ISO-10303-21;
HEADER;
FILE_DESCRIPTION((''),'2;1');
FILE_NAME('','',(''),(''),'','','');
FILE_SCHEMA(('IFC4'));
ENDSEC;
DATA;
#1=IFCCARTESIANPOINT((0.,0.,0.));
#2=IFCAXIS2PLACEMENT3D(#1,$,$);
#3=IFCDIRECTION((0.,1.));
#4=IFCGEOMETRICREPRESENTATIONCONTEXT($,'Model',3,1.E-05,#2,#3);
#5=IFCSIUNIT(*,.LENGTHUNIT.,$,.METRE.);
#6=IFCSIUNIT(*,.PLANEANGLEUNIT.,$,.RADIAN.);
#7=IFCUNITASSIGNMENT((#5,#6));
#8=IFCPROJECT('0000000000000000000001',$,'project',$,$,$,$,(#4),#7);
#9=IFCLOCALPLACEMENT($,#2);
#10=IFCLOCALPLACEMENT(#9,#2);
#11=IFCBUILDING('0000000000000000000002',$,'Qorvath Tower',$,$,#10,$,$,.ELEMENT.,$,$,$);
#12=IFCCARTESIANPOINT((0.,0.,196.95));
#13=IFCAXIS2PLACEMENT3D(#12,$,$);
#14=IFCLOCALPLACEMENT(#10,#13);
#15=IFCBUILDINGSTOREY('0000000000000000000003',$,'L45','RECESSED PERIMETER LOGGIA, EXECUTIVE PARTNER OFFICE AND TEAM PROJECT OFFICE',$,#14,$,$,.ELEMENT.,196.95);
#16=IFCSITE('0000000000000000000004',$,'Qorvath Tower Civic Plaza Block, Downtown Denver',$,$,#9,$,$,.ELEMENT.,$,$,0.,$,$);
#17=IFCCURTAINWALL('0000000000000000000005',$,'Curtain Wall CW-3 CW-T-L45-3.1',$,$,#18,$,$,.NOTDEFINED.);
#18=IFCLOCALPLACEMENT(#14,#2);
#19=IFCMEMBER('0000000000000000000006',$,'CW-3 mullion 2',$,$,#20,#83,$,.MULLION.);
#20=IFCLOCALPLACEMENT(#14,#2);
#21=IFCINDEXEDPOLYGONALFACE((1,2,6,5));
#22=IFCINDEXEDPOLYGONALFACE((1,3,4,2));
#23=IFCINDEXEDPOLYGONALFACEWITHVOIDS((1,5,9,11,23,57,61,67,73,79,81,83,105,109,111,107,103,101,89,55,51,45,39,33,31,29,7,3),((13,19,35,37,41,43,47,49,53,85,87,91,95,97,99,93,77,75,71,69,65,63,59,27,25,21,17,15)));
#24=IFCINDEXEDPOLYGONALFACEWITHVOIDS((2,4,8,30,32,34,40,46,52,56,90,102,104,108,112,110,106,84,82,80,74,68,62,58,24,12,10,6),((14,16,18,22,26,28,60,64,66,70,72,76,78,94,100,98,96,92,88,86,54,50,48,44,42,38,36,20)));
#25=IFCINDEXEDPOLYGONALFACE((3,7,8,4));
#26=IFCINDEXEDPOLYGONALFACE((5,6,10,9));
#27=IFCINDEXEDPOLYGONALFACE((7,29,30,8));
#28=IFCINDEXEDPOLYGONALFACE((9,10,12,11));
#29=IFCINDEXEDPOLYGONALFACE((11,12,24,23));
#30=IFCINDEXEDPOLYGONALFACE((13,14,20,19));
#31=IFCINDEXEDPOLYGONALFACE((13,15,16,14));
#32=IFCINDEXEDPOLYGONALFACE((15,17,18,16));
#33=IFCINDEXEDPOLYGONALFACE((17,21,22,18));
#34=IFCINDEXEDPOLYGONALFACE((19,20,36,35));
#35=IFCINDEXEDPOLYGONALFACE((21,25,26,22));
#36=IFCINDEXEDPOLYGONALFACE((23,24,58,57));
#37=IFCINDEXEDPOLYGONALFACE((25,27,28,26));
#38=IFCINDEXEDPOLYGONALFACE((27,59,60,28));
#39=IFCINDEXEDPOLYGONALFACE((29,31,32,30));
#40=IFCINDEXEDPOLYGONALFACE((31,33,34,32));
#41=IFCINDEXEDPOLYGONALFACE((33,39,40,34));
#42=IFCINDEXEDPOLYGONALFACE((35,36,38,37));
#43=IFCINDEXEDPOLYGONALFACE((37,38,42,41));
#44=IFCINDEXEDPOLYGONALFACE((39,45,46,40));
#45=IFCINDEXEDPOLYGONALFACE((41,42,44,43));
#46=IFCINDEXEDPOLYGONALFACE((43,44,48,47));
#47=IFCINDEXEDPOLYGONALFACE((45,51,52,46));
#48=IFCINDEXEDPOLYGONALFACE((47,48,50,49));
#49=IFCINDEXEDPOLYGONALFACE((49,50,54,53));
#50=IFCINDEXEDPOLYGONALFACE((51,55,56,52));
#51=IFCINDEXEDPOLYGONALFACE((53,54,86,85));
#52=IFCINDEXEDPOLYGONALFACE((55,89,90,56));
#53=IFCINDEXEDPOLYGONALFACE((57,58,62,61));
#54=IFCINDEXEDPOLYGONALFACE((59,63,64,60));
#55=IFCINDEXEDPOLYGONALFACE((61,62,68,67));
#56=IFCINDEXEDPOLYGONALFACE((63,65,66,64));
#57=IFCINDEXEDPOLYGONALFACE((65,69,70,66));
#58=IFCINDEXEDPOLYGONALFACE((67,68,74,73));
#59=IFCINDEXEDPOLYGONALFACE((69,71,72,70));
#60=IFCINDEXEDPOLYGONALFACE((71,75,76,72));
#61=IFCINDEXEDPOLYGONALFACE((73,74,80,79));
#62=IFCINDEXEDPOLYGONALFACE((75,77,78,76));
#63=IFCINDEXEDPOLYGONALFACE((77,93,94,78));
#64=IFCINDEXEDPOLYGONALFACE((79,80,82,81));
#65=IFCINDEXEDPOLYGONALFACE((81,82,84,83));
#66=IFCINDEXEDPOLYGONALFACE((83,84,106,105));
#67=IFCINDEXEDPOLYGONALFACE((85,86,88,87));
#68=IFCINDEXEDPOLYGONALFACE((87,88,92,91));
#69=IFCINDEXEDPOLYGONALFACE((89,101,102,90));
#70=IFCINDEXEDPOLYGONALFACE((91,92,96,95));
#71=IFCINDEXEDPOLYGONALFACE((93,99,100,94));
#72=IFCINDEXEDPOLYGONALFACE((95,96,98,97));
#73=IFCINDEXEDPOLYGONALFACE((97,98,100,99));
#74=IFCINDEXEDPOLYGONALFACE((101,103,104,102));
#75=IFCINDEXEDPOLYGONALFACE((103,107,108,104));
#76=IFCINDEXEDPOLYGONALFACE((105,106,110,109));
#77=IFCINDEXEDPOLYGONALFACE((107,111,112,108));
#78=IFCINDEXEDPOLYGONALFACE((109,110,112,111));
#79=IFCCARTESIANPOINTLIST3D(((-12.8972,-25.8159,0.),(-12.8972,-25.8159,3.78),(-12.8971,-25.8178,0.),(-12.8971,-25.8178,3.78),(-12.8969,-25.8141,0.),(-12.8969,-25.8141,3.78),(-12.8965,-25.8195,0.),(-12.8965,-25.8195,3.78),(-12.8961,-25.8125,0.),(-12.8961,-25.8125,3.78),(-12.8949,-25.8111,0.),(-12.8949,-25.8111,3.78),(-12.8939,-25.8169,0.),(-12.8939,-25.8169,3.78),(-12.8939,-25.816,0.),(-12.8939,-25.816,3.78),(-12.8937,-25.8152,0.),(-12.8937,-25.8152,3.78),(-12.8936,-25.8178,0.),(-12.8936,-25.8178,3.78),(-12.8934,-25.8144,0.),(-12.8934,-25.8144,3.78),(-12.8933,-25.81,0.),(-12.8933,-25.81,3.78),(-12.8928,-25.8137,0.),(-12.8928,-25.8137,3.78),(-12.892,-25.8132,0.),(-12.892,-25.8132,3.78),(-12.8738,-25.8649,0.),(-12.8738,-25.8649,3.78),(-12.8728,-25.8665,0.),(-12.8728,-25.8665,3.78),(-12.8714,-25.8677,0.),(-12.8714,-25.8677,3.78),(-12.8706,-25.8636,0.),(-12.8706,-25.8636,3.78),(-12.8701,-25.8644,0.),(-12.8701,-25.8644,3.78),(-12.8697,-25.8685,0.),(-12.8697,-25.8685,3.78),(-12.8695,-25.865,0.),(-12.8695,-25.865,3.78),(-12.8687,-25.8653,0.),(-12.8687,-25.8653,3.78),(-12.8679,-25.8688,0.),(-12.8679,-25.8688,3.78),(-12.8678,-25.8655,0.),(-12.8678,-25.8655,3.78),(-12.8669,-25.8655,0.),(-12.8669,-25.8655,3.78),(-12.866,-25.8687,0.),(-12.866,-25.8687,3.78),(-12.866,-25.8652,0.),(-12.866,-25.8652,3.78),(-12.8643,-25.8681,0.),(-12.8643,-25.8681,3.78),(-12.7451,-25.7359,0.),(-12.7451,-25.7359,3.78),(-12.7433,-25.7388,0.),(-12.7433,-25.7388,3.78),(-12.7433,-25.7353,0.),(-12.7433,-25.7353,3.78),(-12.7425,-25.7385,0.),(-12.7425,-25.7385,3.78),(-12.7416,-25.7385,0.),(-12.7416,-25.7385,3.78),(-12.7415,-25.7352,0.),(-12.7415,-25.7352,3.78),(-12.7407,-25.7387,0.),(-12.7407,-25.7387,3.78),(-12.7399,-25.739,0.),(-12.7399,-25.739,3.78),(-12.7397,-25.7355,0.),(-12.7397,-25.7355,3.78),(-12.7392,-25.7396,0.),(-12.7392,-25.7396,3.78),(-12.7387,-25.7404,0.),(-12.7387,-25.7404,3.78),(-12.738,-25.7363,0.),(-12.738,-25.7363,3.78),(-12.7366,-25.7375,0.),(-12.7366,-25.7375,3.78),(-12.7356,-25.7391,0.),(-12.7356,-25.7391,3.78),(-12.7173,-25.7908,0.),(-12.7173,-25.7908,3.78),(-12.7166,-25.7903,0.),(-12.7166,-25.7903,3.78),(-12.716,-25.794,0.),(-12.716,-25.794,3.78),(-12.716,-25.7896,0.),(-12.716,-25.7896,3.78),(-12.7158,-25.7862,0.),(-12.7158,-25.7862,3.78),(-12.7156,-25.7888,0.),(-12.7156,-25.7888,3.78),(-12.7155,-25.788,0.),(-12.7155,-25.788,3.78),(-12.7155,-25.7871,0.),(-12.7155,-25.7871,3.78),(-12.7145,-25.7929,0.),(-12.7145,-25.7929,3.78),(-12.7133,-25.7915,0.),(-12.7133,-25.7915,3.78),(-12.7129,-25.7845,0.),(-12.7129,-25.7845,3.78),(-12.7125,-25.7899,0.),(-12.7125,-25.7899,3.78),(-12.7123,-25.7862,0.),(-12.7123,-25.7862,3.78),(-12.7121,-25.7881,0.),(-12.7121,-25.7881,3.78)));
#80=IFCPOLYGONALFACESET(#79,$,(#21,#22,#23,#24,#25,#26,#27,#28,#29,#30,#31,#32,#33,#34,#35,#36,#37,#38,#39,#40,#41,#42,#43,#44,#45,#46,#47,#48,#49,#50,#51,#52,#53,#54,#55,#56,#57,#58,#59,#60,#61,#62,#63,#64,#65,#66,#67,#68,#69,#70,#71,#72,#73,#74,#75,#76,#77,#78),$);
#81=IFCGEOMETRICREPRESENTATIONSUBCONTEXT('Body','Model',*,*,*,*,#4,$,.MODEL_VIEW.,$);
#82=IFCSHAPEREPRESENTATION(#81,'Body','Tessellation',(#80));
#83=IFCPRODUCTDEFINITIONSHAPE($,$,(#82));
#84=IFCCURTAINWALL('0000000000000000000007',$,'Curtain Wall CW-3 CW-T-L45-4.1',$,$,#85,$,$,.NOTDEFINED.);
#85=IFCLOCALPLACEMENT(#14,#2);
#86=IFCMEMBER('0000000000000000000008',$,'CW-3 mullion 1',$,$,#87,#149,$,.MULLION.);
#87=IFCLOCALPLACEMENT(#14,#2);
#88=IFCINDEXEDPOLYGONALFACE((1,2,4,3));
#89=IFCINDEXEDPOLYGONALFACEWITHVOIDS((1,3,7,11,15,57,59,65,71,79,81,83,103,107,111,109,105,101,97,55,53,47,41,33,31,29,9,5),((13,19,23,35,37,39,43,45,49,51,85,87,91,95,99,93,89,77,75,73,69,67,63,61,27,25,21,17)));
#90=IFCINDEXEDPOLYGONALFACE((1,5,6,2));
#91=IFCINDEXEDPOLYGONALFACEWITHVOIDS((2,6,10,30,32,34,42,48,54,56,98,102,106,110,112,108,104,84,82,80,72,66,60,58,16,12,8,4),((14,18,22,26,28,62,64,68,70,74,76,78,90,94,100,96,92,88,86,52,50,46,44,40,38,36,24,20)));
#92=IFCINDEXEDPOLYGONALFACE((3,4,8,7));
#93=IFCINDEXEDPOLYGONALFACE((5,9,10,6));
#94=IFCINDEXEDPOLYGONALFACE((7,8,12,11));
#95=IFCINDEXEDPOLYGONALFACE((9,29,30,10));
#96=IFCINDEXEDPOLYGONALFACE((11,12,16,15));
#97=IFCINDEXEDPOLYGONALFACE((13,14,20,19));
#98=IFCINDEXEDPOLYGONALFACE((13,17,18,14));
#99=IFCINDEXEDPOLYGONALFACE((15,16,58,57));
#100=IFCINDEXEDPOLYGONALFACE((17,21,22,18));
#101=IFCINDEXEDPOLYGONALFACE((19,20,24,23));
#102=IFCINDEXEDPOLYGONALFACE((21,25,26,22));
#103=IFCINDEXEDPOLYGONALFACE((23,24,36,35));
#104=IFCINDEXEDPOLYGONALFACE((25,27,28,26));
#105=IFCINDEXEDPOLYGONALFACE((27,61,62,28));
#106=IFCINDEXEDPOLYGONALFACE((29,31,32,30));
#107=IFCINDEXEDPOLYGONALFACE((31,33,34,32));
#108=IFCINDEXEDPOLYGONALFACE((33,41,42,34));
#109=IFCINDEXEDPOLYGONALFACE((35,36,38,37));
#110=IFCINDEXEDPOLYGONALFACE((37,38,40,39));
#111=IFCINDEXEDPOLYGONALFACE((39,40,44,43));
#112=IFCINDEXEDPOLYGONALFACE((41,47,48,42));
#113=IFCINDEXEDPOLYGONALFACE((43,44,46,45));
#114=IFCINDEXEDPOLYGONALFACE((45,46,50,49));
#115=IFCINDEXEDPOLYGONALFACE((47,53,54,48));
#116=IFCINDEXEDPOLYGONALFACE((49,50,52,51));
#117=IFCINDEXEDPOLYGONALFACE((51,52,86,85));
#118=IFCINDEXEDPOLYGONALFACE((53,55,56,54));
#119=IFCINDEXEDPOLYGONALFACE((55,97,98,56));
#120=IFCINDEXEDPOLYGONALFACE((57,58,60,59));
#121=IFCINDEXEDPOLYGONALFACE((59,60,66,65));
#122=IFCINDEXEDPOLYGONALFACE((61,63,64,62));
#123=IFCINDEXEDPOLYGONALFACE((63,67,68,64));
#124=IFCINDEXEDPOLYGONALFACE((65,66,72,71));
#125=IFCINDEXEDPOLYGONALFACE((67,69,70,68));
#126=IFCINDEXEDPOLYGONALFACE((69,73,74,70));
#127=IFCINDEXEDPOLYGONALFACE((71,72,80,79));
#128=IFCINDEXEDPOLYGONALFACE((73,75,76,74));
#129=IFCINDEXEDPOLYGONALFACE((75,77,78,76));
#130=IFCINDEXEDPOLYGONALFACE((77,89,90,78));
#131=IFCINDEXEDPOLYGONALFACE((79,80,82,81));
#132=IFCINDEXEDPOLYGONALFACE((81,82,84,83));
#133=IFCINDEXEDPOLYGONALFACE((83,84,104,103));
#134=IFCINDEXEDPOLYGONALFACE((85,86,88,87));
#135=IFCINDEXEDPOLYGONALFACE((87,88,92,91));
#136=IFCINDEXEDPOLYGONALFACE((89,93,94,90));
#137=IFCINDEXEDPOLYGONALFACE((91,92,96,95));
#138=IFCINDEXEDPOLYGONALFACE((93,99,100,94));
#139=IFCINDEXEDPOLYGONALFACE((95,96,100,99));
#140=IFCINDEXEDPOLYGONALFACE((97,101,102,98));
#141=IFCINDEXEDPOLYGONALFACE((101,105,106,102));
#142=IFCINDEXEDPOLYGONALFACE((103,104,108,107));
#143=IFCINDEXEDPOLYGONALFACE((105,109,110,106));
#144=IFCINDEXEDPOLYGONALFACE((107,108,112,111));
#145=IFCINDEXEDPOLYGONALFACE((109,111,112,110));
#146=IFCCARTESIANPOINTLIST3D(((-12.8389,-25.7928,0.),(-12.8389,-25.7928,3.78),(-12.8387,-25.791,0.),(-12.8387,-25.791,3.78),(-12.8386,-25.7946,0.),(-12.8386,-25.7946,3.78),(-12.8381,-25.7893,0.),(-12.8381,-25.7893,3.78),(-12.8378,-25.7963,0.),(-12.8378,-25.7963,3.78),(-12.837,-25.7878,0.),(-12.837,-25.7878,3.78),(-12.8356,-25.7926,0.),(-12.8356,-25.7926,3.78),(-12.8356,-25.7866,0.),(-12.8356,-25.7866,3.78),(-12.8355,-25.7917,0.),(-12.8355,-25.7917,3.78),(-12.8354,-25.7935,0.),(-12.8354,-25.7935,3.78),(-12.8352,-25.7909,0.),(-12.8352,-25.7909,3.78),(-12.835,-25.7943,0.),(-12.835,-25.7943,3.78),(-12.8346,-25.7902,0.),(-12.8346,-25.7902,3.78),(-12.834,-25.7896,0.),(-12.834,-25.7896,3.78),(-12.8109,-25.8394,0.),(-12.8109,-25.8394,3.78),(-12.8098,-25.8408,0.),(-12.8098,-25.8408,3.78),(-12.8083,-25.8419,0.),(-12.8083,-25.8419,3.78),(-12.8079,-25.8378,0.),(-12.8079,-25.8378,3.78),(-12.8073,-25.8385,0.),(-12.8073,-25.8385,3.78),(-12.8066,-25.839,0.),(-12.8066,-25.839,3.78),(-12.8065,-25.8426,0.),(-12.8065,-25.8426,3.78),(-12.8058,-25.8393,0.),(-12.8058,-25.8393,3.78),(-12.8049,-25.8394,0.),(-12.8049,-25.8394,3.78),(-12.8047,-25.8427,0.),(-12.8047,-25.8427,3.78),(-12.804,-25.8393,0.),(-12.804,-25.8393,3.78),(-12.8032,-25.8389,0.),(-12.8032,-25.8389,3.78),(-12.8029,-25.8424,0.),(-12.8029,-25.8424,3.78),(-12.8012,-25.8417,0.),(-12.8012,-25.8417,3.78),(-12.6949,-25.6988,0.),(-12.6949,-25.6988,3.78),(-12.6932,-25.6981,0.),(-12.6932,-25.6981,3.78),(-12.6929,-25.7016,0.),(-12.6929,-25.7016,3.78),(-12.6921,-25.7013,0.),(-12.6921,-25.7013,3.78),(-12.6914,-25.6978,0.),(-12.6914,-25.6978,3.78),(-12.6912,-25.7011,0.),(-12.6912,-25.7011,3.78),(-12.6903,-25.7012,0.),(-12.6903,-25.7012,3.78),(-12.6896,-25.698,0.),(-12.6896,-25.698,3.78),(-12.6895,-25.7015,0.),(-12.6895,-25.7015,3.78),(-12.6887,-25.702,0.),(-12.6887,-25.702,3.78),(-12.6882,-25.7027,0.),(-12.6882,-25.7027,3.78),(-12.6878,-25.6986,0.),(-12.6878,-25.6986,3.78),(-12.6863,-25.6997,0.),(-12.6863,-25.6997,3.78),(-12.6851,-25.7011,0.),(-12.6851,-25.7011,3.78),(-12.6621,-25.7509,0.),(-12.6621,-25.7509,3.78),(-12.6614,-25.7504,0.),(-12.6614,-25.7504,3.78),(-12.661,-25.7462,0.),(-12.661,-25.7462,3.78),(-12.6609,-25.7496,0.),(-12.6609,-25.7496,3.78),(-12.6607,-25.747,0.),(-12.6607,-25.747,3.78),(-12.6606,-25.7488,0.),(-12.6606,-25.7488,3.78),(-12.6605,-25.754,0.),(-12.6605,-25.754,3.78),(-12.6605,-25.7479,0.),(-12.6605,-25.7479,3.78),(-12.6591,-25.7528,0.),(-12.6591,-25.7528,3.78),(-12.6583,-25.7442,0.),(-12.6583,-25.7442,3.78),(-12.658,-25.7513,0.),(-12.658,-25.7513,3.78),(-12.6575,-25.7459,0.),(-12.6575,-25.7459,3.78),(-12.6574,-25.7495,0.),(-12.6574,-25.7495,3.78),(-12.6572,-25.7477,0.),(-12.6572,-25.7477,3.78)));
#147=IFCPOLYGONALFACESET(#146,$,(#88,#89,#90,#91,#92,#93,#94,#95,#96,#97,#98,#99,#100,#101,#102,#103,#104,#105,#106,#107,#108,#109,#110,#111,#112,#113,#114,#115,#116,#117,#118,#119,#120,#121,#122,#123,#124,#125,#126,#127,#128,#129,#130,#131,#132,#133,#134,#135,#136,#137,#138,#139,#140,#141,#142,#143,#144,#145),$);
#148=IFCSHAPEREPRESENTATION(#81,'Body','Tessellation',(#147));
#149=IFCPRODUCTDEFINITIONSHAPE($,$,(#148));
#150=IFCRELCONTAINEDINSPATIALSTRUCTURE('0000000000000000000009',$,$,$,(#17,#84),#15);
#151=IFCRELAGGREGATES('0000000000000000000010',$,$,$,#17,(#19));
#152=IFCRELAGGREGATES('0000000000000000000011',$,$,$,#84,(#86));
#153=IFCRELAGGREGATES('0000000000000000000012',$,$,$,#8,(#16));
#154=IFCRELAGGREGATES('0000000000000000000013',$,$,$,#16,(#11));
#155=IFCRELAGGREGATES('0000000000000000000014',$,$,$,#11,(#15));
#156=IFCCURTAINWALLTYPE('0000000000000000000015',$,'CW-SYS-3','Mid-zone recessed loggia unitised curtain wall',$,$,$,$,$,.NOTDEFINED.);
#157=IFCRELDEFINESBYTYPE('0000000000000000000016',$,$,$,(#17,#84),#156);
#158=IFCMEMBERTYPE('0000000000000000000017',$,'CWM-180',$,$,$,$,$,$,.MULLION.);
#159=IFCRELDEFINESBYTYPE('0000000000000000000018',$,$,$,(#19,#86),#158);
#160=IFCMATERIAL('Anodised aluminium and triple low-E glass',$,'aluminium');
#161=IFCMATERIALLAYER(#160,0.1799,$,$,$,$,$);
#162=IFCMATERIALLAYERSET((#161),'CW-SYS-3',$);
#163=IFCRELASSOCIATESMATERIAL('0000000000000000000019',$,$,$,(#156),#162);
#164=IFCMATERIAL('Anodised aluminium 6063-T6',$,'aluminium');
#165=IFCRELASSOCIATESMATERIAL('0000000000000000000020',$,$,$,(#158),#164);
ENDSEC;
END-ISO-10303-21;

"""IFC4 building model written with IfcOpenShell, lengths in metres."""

from ifc_helpers import new_model, si_unit, direction, frame, origin, origin_2d, place, context, subcontext, project, spatial, hollow_rectangle, extrude, material, layer, layer_set, material_profile, profile_set, type_object, element, aggregate, save


model = new_model("IFC4")

# Units and contexts
model_context = context("Model", 3, precision=1e-05, world=origin(), true_north=direction((0.0, 1.0)))
body_context = subcontext(model_context, "Body", "Model", "MODEL_VIEW")
ifc_project = project(units=[si_unit("LENGTHUNIT", "METRE"), si_unit("PLANEANGLEUNIT", "RADIAN")], contexts=[model_context])

# Site, building, storey
site_placement = place(None, origin())
site = spatial("IfcSite", under=ifc_project, at=site_placement, Name="Qorvath Tower Civic Plaza Block, Downtown Denver", CompositionType="ELEMENT", RefElevation=0.0)
building_placement = place(site_placement, origin())
building = spatial("IfcBuilding", under=site, at=building_placement, Name="Qorvath Tower", CompositionType="ELEMENT")
storey_placement = place(building_placement, frame((0.0, 0.0, 196.95)))
storey = spatial("IfcBuildingStorey", under=building, at=storey_placement, Name="L45", Description="RECESSED PERIMETER LOGGIA, EXECUTIVE PARTNER OFFICE AND TEAM PROJECT OFFICE", CompositionType="ELEMENT", Elevation=196.95)

# Shared definitions
ifc_material_1 = material(Name="Anodised aluminium and triple low-E glass", Category="aluminium")
ifc_layer_1 = layer(ifc_material_1, 0.1799)
ifc_layer_set_1 = layer_set([ifc_layer_1], Name="CW-SYS-3")
curtain_wall_type = type_object("IfcCurtainWallType", Name="CW-SYS-3", Description="Mid-zone recessed loggia unitised curtain wall", PredefinedType="NOTDEFINED", material=ifc_layer_set_1)
ifc_material_2 = material(Name="Anodised aluminium 6063-T6", Category="aluminium")
ifc_material_profile_1 = material_profile(ifc_material_2, hollow_rectangle(XDim=0.0649, YDim=0.1799, WallThickness=0.0034, InnerFilletRadius=0.0034, OuterFilletRadius=0.0071, at=origin_2d()), Name="CWM 180x65")
ifc_profile_set_1 = profile_set([ifc_material_profile_1], Name="Anodised aluminium 6063-T6")
member_type_1 = type_object("IfcMemberType", Name="CWM-180", PredefinedType="MULLION", material=ifc_profile_set_1)

# Curtain walls, members
curtain_wall_1_placement = place(storey_placement, origin())
curtain_wall_1 = element("IfcCurtainWall", 1, at=curtain_wall_1_placement, inside=storey, type_object=curtain_wall_type, Name="Curtain Wall CW-3 CW-T-L45-3.1", PredefinedType="NOTDEFINED")
member_1_placement = place(storey_placement, frame((-12.8047, -25.802, 0.0), z_axis=(0.0, 0.0, 1.0), x_axis=(-0.447205, 0.894432, 0.0)))
member_1 = element("IfcMember", 2, at=member_1_placement, type_object=member_type_1, Name="CW-3 mullion 2", PredefinedType="MULLION", context=body_context, shape_type="SweptSolid", body=[
    extrude(hollow_rectangle(XDim=0.0649, YDim=0.1799, WallThickness=0.0034, InnerFilletRadius=0.0034, OuterFilletRadius=0.0071, at=origin_2d()), origin(), (0.0, 0.0, 1.0), 3.78),
])
curtain_wall_2_placement = place(storey_placement, origin())
curtain_wall_2 = element("IfcCurtainWall", 3, at=curtain_wall_2_placement, inside=storey, type_object=curtain_wall_type, Name="Curtain Wall CW-3 CW-T-L45-4.1", PredefinedType="NOTDEFINED")
member_2_placement = place(storey_placement, frame((-12.748, -25.7703, 0.0), z_axis=(0.0, 0.0, 1.0), x_axis=(-0.529206, 0.848493, 0.0)))
member_2 = element("IfcMember", 4, at=member_2_placement, type_object=member_type_1, Name="CW-3 mullion 1", PredefinedType="MULLION", context=body_context, shape_type="SweptSolid", body=[
    extrude(hollow_rectangle(XDim=0.0649, YDim=0.1799, WallThickness=0.0034, InnerFilletRadius=0.0034, OuterFilletRadius=0.0071, at=origin_2d()), origin(), (0.0, 0.0, 1.0), 3.78),
])

aggregate(curtain_wall_1, [member_1])
aggregate(curtain_wall_2, [member_2])

save(model, "model.ifc")
